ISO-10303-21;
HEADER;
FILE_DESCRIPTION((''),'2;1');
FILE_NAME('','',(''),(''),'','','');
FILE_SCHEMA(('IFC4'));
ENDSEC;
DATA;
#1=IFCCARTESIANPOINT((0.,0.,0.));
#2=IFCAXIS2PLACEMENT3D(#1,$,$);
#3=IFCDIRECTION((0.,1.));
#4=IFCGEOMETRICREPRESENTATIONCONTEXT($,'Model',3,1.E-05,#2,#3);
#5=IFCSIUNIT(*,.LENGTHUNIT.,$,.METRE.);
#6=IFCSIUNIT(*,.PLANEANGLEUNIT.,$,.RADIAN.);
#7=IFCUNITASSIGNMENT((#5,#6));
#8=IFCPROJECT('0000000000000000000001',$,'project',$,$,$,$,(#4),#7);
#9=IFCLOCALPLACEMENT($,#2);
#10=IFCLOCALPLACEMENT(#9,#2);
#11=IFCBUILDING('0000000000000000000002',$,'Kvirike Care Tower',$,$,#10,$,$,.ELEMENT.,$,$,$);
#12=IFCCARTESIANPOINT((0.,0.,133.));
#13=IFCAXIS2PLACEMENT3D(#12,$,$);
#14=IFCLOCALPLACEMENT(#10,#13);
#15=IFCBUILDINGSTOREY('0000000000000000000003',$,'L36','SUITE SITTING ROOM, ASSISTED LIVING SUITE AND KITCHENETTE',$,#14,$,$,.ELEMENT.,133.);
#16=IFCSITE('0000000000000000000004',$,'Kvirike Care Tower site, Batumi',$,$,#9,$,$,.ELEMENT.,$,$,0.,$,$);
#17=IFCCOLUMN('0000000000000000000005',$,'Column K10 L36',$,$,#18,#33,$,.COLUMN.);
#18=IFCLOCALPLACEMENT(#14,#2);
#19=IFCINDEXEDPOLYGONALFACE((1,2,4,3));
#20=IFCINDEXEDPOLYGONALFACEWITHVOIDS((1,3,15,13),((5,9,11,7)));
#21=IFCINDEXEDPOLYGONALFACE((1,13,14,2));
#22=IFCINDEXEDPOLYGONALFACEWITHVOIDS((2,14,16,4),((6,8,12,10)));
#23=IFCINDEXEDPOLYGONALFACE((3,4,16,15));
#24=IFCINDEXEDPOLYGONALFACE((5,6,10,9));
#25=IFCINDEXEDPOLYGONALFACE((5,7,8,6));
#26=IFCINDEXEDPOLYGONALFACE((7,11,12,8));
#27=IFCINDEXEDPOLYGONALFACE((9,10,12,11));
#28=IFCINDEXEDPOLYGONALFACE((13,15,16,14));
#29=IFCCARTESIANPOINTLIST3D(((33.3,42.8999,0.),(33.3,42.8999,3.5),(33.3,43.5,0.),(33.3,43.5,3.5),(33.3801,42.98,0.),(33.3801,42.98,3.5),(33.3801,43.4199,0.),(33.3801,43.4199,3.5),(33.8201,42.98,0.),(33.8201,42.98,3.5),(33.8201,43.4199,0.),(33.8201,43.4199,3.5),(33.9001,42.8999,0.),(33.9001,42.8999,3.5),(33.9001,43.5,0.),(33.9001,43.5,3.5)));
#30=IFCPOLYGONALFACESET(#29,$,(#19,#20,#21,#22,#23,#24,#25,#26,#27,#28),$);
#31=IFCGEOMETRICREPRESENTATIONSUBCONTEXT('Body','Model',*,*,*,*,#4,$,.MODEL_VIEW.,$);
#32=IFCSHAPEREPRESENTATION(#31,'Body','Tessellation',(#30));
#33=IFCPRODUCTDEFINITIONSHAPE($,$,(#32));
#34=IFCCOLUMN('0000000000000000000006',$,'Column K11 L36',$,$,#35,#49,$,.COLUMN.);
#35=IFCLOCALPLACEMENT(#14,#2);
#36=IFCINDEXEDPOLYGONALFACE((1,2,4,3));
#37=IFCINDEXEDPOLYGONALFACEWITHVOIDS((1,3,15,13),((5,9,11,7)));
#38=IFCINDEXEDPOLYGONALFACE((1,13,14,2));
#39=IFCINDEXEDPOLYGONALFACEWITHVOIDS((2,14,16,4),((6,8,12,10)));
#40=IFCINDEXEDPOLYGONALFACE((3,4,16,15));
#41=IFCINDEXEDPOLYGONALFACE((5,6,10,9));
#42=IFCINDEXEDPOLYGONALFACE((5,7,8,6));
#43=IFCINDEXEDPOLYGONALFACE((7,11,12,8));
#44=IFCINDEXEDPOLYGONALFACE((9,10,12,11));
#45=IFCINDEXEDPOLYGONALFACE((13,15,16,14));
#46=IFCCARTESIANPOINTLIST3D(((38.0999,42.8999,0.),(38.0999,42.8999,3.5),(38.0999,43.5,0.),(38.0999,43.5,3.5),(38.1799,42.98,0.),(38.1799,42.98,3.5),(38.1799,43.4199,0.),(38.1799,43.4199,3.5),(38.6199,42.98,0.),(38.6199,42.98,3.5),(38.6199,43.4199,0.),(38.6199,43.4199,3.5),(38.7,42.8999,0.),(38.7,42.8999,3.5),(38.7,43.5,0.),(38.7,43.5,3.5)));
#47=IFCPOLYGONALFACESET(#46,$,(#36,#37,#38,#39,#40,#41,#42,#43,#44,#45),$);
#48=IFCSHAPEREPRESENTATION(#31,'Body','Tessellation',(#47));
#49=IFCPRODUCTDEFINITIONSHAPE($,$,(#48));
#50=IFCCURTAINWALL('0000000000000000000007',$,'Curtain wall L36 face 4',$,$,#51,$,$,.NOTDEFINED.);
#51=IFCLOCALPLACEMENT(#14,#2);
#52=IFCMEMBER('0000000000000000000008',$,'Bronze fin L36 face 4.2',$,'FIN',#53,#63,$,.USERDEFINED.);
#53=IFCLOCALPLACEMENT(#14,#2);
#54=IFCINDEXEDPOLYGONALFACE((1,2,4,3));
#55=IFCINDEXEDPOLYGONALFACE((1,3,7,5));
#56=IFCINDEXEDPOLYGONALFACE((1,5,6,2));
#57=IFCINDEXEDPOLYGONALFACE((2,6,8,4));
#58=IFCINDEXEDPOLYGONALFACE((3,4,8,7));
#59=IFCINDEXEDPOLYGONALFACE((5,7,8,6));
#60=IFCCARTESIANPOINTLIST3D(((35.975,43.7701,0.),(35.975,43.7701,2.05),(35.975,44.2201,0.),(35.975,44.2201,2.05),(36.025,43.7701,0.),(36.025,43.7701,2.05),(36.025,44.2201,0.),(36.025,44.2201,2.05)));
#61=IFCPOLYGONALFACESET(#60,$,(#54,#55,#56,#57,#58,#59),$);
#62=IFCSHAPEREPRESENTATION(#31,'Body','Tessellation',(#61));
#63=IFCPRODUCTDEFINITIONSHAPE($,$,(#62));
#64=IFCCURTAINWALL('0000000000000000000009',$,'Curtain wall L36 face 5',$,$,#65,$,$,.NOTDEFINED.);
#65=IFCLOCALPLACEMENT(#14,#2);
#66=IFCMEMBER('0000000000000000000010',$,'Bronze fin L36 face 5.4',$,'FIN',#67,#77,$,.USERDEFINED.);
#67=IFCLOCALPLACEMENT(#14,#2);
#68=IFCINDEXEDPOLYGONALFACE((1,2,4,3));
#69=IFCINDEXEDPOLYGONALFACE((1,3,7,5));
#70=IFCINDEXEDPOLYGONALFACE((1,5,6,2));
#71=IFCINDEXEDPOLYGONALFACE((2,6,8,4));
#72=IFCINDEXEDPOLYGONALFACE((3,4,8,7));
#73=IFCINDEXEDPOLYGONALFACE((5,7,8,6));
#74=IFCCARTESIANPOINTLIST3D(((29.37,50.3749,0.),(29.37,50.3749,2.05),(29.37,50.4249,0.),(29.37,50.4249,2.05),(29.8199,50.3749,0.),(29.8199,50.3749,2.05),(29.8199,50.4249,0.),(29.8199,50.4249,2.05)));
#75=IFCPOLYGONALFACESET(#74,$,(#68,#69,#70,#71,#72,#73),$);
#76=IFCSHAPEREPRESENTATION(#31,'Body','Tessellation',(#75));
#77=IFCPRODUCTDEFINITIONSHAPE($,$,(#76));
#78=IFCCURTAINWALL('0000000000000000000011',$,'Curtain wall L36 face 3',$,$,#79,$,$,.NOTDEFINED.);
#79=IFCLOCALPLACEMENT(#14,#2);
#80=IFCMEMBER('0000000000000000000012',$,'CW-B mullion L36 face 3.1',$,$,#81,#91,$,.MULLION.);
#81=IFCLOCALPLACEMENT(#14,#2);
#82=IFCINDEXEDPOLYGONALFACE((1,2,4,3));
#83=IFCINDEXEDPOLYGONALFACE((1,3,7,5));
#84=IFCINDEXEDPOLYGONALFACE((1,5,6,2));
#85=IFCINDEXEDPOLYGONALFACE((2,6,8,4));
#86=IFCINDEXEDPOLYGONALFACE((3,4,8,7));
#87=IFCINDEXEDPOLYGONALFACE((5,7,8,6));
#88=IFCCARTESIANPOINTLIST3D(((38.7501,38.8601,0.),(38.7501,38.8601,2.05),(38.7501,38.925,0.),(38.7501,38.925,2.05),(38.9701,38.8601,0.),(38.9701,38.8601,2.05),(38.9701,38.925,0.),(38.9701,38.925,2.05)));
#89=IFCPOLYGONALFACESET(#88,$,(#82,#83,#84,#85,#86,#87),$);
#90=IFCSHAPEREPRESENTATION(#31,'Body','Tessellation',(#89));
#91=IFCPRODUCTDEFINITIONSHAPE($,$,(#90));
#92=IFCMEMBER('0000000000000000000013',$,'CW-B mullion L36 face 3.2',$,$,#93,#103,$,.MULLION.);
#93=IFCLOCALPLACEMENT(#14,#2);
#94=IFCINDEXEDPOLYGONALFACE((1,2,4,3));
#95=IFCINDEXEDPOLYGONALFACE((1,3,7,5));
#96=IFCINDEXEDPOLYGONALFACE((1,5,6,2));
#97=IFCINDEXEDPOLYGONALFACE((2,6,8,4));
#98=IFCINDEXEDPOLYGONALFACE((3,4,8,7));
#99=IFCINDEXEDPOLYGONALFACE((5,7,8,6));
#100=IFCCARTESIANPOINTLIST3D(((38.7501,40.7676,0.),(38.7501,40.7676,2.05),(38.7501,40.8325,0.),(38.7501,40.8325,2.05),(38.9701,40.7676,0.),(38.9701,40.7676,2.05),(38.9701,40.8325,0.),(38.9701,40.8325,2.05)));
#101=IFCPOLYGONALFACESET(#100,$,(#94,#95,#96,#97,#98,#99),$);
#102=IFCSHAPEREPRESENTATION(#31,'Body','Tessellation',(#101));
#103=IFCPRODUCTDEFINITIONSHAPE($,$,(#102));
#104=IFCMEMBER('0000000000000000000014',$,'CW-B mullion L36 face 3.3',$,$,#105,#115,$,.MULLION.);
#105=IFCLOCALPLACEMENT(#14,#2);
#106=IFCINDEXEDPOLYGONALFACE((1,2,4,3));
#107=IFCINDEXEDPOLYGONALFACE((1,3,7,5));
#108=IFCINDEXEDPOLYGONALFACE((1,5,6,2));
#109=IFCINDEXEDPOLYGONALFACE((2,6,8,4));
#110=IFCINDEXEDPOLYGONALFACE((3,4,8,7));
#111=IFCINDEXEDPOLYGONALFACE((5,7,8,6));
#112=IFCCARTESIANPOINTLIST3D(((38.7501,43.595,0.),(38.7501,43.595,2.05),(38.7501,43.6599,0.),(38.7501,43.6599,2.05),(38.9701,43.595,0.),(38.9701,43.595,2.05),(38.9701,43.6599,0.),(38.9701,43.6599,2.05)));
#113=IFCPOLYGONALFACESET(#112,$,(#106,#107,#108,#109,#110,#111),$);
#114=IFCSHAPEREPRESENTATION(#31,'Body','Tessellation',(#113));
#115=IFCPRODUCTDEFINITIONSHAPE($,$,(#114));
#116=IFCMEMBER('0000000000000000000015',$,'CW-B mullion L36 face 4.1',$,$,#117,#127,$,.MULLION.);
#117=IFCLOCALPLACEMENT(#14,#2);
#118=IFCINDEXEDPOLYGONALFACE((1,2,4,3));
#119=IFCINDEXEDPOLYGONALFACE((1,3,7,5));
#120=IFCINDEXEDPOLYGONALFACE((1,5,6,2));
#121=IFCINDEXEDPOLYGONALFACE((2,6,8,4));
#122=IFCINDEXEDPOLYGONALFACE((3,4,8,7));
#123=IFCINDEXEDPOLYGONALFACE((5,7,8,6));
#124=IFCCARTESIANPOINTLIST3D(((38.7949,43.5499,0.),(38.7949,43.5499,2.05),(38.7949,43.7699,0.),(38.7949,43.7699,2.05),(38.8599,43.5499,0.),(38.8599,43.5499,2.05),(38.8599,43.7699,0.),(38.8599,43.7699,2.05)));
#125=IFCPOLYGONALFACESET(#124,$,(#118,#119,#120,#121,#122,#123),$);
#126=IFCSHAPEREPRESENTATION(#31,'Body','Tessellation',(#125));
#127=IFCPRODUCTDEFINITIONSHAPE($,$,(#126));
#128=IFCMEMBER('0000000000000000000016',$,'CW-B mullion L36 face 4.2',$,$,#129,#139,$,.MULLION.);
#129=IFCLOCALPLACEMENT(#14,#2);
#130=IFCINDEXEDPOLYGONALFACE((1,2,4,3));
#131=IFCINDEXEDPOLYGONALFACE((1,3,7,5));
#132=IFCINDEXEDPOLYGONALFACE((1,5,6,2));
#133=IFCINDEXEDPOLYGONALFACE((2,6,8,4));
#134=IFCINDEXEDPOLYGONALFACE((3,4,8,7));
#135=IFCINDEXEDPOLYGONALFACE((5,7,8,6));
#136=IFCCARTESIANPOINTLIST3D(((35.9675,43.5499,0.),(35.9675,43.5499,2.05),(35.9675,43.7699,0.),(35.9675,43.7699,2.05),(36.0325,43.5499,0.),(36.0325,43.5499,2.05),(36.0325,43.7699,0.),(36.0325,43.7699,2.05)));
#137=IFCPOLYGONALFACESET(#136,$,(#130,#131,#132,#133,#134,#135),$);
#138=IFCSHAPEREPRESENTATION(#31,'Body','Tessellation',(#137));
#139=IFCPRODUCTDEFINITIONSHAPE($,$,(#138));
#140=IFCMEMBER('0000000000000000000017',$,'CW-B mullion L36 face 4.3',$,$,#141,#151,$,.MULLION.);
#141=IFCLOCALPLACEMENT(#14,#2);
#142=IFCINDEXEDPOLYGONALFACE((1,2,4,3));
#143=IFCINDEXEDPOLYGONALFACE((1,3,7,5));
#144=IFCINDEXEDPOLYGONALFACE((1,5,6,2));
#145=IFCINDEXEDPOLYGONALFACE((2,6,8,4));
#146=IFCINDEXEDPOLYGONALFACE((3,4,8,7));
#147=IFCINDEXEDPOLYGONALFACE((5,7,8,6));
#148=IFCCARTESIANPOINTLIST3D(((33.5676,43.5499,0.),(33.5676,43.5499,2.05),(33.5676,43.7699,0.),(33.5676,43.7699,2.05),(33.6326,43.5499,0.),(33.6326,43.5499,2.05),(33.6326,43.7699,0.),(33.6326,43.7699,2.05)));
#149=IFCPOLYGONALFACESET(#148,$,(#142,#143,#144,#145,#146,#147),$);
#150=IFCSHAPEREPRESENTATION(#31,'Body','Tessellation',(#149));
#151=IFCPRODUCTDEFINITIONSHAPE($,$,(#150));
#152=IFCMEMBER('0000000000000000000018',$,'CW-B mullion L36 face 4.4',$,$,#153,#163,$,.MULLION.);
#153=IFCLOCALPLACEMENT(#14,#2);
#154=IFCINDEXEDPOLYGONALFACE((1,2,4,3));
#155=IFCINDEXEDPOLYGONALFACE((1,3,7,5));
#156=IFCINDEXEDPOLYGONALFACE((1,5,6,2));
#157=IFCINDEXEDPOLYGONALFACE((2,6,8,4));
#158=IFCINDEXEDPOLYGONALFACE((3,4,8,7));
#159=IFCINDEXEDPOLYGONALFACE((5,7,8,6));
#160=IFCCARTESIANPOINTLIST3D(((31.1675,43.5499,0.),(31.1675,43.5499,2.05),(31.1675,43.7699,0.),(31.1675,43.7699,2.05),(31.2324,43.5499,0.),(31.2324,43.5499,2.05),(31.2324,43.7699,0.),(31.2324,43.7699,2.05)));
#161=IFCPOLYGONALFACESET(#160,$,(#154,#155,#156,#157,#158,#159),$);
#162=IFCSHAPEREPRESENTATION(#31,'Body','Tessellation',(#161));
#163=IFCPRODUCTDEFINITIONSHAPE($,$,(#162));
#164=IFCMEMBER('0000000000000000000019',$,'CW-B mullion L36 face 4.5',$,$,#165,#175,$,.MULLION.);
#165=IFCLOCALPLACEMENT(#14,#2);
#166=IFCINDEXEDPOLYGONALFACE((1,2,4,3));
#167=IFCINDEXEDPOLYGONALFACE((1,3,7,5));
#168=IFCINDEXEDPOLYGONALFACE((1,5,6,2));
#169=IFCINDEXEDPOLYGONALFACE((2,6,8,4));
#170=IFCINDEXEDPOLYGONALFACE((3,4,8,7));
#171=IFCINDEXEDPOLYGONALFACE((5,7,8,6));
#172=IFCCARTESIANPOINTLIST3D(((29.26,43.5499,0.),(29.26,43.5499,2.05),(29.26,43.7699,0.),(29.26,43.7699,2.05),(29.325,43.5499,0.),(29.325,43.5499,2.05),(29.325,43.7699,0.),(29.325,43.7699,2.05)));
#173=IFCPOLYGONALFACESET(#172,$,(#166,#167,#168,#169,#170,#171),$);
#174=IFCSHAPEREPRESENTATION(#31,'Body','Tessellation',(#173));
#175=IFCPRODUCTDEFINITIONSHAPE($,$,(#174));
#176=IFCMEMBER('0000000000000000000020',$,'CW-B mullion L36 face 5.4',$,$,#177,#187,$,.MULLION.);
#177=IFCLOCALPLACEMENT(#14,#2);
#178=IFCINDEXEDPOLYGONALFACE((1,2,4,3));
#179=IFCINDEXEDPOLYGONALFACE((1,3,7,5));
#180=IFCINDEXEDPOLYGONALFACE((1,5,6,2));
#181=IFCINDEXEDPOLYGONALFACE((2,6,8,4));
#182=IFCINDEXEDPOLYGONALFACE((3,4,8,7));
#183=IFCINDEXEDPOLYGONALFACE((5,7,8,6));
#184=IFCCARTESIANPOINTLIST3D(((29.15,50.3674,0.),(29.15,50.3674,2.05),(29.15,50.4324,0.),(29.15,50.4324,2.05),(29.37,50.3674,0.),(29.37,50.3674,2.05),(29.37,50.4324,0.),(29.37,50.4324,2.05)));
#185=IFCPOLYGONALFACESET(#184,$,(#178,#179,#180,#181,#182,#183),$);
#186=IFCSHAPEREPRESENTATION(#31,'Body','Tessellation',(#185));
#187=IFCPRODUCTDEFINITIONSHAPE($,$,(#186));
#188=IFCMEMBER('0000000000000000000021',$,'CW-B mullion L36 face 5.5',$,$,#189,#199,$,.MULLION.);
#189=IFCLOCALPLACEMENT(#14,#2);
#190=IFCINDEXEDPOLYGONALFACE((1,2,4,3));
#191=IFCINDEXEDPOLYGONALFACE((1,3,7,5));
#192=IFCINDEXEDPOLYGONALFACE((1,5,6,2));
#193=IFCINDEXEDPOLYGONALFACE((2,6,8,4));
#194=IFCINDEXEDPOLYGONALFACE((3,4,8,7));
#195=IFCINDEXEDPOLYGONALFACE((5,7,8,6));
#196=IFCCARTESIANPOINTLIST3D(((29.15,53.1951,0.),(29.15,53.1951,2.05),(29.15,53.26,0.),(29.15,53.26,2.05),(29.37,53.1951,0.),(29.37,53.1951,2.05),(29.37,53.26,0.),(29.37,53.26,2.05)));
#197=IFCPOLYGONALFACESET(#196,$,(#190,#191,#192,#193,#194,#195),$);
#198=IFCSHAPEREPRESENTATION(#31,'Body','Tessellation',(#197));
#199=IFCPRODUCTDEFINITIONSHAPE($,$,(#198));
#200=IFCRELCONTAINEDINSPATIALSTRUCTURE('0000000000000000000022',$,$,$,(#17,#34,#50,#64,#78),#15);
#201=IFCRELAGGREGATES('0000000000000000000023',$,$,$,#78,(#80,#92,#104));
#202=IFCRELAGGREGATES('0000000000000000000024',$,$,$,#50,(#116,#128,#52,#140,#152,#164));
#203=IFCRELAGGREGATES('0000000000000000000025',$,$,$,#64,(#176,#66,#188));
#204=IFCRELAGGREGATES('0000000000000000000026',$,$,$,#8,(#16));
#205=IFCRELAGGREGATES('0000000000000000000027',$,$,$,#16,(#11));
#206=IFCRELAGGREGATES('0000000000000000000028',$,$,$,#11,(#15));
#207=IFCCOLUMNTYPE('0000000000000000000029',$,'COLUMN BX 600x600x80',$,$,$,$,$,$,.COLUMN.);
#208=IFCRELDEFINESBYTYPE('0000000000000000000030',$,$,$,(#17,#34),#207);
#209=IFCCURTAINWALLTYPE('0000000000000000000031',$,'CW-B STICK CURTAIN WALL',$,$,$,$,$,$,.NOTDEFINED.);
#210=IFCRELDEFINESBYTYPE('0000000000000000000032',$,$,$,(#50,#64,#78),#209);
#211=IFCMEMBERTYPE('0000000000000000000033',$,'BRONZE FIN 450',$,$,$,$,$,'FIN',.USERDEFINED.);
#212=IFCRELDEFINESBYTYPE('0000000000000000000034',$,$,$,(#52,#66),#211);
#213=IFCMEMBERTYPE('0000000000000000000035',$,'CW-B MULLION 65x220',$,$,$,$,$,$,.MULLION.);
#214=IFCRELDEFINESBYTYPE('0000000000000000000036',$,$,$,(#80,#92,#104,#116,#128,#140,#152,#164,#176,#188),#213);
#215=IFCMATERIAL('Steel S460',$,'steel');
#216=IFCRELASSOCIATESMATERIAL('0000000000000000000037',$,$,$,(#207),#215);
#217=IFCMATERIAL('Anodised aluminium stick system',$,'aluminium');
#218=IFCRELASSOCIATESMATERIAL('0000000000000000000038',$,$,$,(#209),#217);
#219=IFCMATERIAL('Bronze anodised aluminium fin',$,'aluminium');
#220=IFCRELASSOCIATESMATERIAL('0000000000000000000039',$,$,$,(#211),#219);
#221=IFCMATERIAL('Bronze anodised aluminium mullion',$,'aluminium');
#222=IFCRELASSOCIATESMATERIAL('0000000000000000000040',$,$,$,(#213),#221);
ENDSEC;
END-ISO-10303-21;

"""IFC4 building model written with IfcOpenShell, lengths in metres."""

from ifc_helpers import new_model, si_unit, direction, frame, origin, origin_2d, place, context, subcontext, project, spatial, rectangle, hollow_rectangle, extrude, material, material_profile, profile_set, type_object, element, aggregate, save


model = new_model("IFC4")

# Units and contexts
model_context = context("Model", 3, precision=1e-05, world=origin(), true_north=direction((0.0, 1.0)))
body_context = subcontext(model_context, "Body", "Model", "MODEL_VIEW")
ifc_project = project(units=[si_unit("LENGTHUNIT", "METRE"), si_unit("PLANEANGLEUNIT", "RADIAN")], contexts=[model_context])

# Site, building, storey
site_placement = place(None, origin())
site = spatial("IfcSite", under=ifc_project, at=site_placement, Name="Kvirike Care Tower site, Batumi", CompositionType="ELEMENT", RefElevation=0.0)
building_placement = place(site_placement, origin())
building = spatial("IfcBuilding", under=site, at=building_placement, Name="Kvirike Care Tower", CompositionType="ELEMENT")
storey_placement = place(building_placement, frame((0.0, 0.0, 133.0)))
storey = spatial("IfcBuildingStorey", under=building, at=storey_placement, Name="L36", Description="SUITE SITTING ROOM, ASSISTED LIVING SUITE AND KITCHENETTE", CompositionType="ELEMENT", Elevation=133.0)

# Columns
ifc_material_1 = material(Name="Steel S460", Category="steel")
ifc_material_profile_1 = material_profile(ifc_material_1, hollow_rectangle(XDim=0.6001, YDim=0.6001, WallThickness=0.0801, at=origin_2d()), Name="BX 600x600x80")
ifc_profile_set_1 = profile_set([ifc_material_profile_1], Name="Steel S460")
column_type = type_object("IfcColumnType", Name="COLUMN BX 600x600x80", PredefinedType="COLUMN", material=ifc_profile_set_1)
for number, where, z_axis, x_axis, name in (
    (1, (33.6001, 43.2, 0.0), (0.0, 0.0, 1.0), (0.0, 1.0, 0.0), "Column K10 L36"),
    (2, (38.3999, 43.2, 0.0), (0.0, 0.0, 1.0), (0.0, 1.0, 0.0), "Column K11 L36"),
):
    element("IfcColumn", number, at=place(storey_placement, frame(where, z_axis=z_axis, x_axis=x_axis)), inside=storey, type_object=column_type, Name=name, PredefinedType="COLUMN", context=body_context, shape_type="SweptSolid", body=[
        extrude(hollow_rectangle(XDim=0.6001, YDim=0.6001, WallThickness=0.0801, at=origin_2d()), origin(), (0.0, 0.0, 1.0), 3.5),
    ])

# Curtain walls, members
ifc_material_2 = material(Name="Anodised aluminium stick system", Category="aluminium")
curtain_wall_type = type_object("IfcCurtainWallType", Name="CW-B STICK CURTAIN WALL", PredefinedType="NOTDEFINED", material=ifc_material_2)
curtain_wall_1_placement = place(storey_placement, origin())
curtain_wall_1 = element("IfcCurtainWall", 3, at=curtain_wall_1_placement, inside=storey, type_object=curtain_wall_type, Name="Curtain wall L36 face 4", PredefinedType="NOTDEFINED")
ifc_material_3 = material(Name="Bronze anodised aluminium fin", Category="aluminium")
ifc_material_profile_2 = material_profile(ifc_material_3, rectangle(XDim=0.05, YDim=0.45, at=origin_2d()), Name="BRONZE FIN 450")
ifc_profile_set_2 = profile_set([ifc_material_profile_2], Name="Bronze anodised aluminium fin")
member_type_1 = type_object("IfcMemberType", Name="BRONZE FIN 450", ElementType="FIN", PredefinedType="USERDEFINED", material=ifc_profile_set_2)
member_1_placement = place(storey_placement, frame((36.0, 43.9951, 0.0), z_axis=(0.0, 0.0, 1.0), x_axis=(-1.0, 0.0, 0.0)))
member_1 = element("IfcMember", 4, at=member_1_placement, type_object=member_type_1, Name="Bronze fin L36 face 4.2", ObjectType="FIN", PredefinedType="USERDEFINED", context=body_context, shape_type="SweptSolid", body=[
    extrude(rectangle(XDim=0.05, YDim=0.45, at=origin_2d()), origin(), (0.0, 0.0, 1.0), 2.05),
])
curtain_wall_2_placement = place(storey_placement, origin())
curtain_wall_2 = element("IfcCurtainWall", 5, at=curtain_wall_2_placement, inside=storey, type_object=curtain_wall_type, Name="Curtain wall L36 face 5", PredefinedType="NOTDEFINED")
member_2_placement = place(storey_placement, frame((29.595, 50.3999, 0.0), z_axis=(0.0, 0.0, 1.0), x_axis=(0.0, 1.0, 0.0)))
member_2 = element("IfcMember", 6, at=member_2_placement, type_object=member_type_1, Name="Bronze fin L36 face 5.4", ObjectType="FIN", PredefinedType="USERDEFINED", context=body_context, shape_type="SweptSolid", body=[
    extrude(rectangle(XDim=0.05, YDim=0.45, at=origin_2d()), origin(), (0.0, 0.0, 1.0), 2.05),
])

# Curtain wall, members
curtain_wall_3_placement = place(storey_placement, origin())
curtain_wall_3 = element("IfcCurtainWall", 7, at=curtain_wall_3_placement, inside=storey, type_object=curtain_wall_type, Name="Curtain wall L36 face 3", PredefinedType="NOTDEFINED")
ifc_material_4 = material(Name="Bronze anodised aluminium mullion", Category="aluminium")
ifc_material_profile_3 = material_profile(ifc_material_4, rectangle(XDim=0.0649, YDim=0.22, at=origin_2d()), Name="CW-B MULLION 65x220")
ifc_profile_set_3 = profile_set([ifc_material_profile_3], Name="Bronze anodised aluminium mullion")
member_type_2 = type_object("IfcMemberType", Name="CW-B MULLION 65x220", PredefinedType="MULLION", material=ifc_profile_set_3)
member_3_placement = place(storey_placement, frame((38.8601, 38.8926, 0.0), z_axis=(0.0, 0.0, 1.0), x_axis=(0.0, 1.0, 0.0)))
member_3 = element("IfcMember", 8, at=member_3_placement, type_object=member_type_2, Name="CW-B mullion L36 face 3.1", PredefinedType="MULLION", context=body_context, shape_type="SweptSolid", body=[
    extrude(rectangle(XDim=0.0649, YDim=0.22, at=origin_2d()), origin(), (0.0, 0.0, 1.0), 2.05),
])
member_4_placement = place(storey_placement, frame((38.8601, 40.8, 0.0), z_axis=(0.0, 0.0, 1.0), x_axis=(0.0, 1.0, 0.0)))
member_4 = element("IfcMember", 9, at=member_4_placement, type_object=member_type_2, Name="CW-B mullion L36 face 3.2", PredefinedType="MULLION", context=body_context, shape_type="SweptSolid", body=[
    extrude(rectangle(XDim=0.0649, YDim=0.22, at=origin_2d()), origin(), (0.0, 0.0, 1.0), 2.05),
])
member_5_placement = place(storey_placement, frame((38.8601, 43.6274, 0.0), z_axis=(0.0, 0.0, 1.0), x_axis=(0.0, 1.0, 0.0)))
member_5 = element("IfcMember", 10, at=member_5_placement, type_object=member_type_2, Name="CW-B mullion L36 face 3.3", PredefinedType="MULLION", context=body_context, shape_type="SweptSolid", body=[
    extrude(rectangle(XDim=0.0649, YDim=0.22, at=origin_2d()), origin(), (0.0, 0.0, 1.0), 2.05),
])

# Members
member_6_placement = place(storey_placement, frame((38.8274, 43.6599, 0.0), z_axis=(0.0, 0.0, 1.0), x_axis=(-1.0, 0.0, 0.0)))
member_6 = element("IfcMember", 11, at=member_6_placement, type_object=member_type_2, Name="CW-B mullion L36 face 4.1", PredefinedType="MULLION", context=body_context, shape_type="SweptSolid", body=[
    extrude(rectangle(XDim=0.0649, YDim=0.22, at=origin_2d()), origin(), (0.0, 0.0, 1.0), 2.05),
])
member_7_placement = place(storey_placement, frame((36.0, 43.6599, 0.0), z_axis=(0.0, 0.0, 1.0), x_axis=(-1.0, 0.0, 0.0)))
member_7 = element("IfcMember", 12, at=member_7_placement, type_object=member_type_2, Name="CW-B mullion L36 face 4.2", PredefinedType="MULLION", context=body_context, shape_type="SweptSolid", body=[
    extrude(rectangle(XDim=0.0649, YDim=0.22, at=origin_2d()), origin(), (0.0, 0.0, 1.0), 2.05),
])
member_8_placement = place(storey_placement, frame((33.6001, 43.6599, 0.0), z_axis=(0.0, 0.0, 1.0), x_axis=(-1.0, 0.0, 0.0)))
member_8 = element("IfcMember", 13, at=member_8_placement, type_object=member_type_2, Name="CW-B mullion L36 face 4.3", PredefinedType="MULLION", context=body_context, shape_type="SweptSolid", body=[
    extrude(rectangle(XDim=0.0649, YDim=0.22, at=origin_2d()), origin(), (0.0, 0.0, 1.0), 2.05),
])
member_9_placement = place(storey_placement, frame((31.2, 43.6599, 0.0), z_axis=(0.0, 0.0, 1.0), x_axis=(-1.0, 0.0, 0.0)))
member_9 = element("IfcMember", 14, at=member_9_placement, type_object=member_type_2, Name="CW-B mullion L36 face 4.4", PredefinedType="MULLION", context=body_context, shape_type="SweptSolid", body=[
    extrude(rectangle(XDim=0.0649, YDim=0.22, at=origin_2d()), origin(), (0.0, 0.0, 1.0), 2.05),
])
member_10_placement = place(storey_placement, frame((29.2925, 43.6599, 0.0), z_axis=(0.0, 0.0, 1.0), x_axis=(-1.0, 0.0, 0.0)))
member_10 = element("IfcMember", 15, at=member_10_placement, type_object=member_type_2, Name="CW-B mullion L36 face 4.5", PredefinedType="MULLION", context=body_context, shape_type="SweptSolid", body=[
    extrude(rectangle(XDim=0.0649, YDim=0.22, at=origin_2d()), origin(), (0.0, 0.0, 1.0), 2.05),
])
member_11_placement = place(storey_placement, frame((29.26, 50.3999, 0.0), z_axis=(0.0, 0.0, 1.0), x_axis=(0.0, 1.0, 0.0)))
member_11 = element("IfcMember", 16, at=member_11_placement, type_object=member_type_2, Name="CW-B mullion L36 face 5.4", PredefinedType="MULLION", context=body_context, shape_type="SweptSolid", body=[
    extrude(rectangle(XDim=0.0649, YDim=0.22, at=origin_2d()), origin(), (0.0, 0.0, 1.0), 2.05),
])
member_12_placement = place(storey_placement, frame((29.26, 53.2275, 0.0), z_axis=(0.0, 0.0, 1.0), x_axis=(0.0, 1.0, 0.0)))
member_12 = element("IfcMember", 17, at=member_12_placement, type_object=member_type_2, Name="CW-B mullion L36 face 5.5", PredefinedType="MULLION", context=body_context, shape_type="SweptSolid", body=[
    extrude(rectangle(XDim=0.0649, YDim=0.22, at=origin_2d()), origin(), (0.0, 0.0, 1.0), 2.05),
])

aggregate(curtain_wall_3, [member_3, member_4, member_5])
aggregate(curtain_wall_1, [member_6, member_7, member_1, member_8, member_9, member_10])
aggregate(curtain_wall_2, [member_11, member_2, member_12])

save(model, "model.ifc")
